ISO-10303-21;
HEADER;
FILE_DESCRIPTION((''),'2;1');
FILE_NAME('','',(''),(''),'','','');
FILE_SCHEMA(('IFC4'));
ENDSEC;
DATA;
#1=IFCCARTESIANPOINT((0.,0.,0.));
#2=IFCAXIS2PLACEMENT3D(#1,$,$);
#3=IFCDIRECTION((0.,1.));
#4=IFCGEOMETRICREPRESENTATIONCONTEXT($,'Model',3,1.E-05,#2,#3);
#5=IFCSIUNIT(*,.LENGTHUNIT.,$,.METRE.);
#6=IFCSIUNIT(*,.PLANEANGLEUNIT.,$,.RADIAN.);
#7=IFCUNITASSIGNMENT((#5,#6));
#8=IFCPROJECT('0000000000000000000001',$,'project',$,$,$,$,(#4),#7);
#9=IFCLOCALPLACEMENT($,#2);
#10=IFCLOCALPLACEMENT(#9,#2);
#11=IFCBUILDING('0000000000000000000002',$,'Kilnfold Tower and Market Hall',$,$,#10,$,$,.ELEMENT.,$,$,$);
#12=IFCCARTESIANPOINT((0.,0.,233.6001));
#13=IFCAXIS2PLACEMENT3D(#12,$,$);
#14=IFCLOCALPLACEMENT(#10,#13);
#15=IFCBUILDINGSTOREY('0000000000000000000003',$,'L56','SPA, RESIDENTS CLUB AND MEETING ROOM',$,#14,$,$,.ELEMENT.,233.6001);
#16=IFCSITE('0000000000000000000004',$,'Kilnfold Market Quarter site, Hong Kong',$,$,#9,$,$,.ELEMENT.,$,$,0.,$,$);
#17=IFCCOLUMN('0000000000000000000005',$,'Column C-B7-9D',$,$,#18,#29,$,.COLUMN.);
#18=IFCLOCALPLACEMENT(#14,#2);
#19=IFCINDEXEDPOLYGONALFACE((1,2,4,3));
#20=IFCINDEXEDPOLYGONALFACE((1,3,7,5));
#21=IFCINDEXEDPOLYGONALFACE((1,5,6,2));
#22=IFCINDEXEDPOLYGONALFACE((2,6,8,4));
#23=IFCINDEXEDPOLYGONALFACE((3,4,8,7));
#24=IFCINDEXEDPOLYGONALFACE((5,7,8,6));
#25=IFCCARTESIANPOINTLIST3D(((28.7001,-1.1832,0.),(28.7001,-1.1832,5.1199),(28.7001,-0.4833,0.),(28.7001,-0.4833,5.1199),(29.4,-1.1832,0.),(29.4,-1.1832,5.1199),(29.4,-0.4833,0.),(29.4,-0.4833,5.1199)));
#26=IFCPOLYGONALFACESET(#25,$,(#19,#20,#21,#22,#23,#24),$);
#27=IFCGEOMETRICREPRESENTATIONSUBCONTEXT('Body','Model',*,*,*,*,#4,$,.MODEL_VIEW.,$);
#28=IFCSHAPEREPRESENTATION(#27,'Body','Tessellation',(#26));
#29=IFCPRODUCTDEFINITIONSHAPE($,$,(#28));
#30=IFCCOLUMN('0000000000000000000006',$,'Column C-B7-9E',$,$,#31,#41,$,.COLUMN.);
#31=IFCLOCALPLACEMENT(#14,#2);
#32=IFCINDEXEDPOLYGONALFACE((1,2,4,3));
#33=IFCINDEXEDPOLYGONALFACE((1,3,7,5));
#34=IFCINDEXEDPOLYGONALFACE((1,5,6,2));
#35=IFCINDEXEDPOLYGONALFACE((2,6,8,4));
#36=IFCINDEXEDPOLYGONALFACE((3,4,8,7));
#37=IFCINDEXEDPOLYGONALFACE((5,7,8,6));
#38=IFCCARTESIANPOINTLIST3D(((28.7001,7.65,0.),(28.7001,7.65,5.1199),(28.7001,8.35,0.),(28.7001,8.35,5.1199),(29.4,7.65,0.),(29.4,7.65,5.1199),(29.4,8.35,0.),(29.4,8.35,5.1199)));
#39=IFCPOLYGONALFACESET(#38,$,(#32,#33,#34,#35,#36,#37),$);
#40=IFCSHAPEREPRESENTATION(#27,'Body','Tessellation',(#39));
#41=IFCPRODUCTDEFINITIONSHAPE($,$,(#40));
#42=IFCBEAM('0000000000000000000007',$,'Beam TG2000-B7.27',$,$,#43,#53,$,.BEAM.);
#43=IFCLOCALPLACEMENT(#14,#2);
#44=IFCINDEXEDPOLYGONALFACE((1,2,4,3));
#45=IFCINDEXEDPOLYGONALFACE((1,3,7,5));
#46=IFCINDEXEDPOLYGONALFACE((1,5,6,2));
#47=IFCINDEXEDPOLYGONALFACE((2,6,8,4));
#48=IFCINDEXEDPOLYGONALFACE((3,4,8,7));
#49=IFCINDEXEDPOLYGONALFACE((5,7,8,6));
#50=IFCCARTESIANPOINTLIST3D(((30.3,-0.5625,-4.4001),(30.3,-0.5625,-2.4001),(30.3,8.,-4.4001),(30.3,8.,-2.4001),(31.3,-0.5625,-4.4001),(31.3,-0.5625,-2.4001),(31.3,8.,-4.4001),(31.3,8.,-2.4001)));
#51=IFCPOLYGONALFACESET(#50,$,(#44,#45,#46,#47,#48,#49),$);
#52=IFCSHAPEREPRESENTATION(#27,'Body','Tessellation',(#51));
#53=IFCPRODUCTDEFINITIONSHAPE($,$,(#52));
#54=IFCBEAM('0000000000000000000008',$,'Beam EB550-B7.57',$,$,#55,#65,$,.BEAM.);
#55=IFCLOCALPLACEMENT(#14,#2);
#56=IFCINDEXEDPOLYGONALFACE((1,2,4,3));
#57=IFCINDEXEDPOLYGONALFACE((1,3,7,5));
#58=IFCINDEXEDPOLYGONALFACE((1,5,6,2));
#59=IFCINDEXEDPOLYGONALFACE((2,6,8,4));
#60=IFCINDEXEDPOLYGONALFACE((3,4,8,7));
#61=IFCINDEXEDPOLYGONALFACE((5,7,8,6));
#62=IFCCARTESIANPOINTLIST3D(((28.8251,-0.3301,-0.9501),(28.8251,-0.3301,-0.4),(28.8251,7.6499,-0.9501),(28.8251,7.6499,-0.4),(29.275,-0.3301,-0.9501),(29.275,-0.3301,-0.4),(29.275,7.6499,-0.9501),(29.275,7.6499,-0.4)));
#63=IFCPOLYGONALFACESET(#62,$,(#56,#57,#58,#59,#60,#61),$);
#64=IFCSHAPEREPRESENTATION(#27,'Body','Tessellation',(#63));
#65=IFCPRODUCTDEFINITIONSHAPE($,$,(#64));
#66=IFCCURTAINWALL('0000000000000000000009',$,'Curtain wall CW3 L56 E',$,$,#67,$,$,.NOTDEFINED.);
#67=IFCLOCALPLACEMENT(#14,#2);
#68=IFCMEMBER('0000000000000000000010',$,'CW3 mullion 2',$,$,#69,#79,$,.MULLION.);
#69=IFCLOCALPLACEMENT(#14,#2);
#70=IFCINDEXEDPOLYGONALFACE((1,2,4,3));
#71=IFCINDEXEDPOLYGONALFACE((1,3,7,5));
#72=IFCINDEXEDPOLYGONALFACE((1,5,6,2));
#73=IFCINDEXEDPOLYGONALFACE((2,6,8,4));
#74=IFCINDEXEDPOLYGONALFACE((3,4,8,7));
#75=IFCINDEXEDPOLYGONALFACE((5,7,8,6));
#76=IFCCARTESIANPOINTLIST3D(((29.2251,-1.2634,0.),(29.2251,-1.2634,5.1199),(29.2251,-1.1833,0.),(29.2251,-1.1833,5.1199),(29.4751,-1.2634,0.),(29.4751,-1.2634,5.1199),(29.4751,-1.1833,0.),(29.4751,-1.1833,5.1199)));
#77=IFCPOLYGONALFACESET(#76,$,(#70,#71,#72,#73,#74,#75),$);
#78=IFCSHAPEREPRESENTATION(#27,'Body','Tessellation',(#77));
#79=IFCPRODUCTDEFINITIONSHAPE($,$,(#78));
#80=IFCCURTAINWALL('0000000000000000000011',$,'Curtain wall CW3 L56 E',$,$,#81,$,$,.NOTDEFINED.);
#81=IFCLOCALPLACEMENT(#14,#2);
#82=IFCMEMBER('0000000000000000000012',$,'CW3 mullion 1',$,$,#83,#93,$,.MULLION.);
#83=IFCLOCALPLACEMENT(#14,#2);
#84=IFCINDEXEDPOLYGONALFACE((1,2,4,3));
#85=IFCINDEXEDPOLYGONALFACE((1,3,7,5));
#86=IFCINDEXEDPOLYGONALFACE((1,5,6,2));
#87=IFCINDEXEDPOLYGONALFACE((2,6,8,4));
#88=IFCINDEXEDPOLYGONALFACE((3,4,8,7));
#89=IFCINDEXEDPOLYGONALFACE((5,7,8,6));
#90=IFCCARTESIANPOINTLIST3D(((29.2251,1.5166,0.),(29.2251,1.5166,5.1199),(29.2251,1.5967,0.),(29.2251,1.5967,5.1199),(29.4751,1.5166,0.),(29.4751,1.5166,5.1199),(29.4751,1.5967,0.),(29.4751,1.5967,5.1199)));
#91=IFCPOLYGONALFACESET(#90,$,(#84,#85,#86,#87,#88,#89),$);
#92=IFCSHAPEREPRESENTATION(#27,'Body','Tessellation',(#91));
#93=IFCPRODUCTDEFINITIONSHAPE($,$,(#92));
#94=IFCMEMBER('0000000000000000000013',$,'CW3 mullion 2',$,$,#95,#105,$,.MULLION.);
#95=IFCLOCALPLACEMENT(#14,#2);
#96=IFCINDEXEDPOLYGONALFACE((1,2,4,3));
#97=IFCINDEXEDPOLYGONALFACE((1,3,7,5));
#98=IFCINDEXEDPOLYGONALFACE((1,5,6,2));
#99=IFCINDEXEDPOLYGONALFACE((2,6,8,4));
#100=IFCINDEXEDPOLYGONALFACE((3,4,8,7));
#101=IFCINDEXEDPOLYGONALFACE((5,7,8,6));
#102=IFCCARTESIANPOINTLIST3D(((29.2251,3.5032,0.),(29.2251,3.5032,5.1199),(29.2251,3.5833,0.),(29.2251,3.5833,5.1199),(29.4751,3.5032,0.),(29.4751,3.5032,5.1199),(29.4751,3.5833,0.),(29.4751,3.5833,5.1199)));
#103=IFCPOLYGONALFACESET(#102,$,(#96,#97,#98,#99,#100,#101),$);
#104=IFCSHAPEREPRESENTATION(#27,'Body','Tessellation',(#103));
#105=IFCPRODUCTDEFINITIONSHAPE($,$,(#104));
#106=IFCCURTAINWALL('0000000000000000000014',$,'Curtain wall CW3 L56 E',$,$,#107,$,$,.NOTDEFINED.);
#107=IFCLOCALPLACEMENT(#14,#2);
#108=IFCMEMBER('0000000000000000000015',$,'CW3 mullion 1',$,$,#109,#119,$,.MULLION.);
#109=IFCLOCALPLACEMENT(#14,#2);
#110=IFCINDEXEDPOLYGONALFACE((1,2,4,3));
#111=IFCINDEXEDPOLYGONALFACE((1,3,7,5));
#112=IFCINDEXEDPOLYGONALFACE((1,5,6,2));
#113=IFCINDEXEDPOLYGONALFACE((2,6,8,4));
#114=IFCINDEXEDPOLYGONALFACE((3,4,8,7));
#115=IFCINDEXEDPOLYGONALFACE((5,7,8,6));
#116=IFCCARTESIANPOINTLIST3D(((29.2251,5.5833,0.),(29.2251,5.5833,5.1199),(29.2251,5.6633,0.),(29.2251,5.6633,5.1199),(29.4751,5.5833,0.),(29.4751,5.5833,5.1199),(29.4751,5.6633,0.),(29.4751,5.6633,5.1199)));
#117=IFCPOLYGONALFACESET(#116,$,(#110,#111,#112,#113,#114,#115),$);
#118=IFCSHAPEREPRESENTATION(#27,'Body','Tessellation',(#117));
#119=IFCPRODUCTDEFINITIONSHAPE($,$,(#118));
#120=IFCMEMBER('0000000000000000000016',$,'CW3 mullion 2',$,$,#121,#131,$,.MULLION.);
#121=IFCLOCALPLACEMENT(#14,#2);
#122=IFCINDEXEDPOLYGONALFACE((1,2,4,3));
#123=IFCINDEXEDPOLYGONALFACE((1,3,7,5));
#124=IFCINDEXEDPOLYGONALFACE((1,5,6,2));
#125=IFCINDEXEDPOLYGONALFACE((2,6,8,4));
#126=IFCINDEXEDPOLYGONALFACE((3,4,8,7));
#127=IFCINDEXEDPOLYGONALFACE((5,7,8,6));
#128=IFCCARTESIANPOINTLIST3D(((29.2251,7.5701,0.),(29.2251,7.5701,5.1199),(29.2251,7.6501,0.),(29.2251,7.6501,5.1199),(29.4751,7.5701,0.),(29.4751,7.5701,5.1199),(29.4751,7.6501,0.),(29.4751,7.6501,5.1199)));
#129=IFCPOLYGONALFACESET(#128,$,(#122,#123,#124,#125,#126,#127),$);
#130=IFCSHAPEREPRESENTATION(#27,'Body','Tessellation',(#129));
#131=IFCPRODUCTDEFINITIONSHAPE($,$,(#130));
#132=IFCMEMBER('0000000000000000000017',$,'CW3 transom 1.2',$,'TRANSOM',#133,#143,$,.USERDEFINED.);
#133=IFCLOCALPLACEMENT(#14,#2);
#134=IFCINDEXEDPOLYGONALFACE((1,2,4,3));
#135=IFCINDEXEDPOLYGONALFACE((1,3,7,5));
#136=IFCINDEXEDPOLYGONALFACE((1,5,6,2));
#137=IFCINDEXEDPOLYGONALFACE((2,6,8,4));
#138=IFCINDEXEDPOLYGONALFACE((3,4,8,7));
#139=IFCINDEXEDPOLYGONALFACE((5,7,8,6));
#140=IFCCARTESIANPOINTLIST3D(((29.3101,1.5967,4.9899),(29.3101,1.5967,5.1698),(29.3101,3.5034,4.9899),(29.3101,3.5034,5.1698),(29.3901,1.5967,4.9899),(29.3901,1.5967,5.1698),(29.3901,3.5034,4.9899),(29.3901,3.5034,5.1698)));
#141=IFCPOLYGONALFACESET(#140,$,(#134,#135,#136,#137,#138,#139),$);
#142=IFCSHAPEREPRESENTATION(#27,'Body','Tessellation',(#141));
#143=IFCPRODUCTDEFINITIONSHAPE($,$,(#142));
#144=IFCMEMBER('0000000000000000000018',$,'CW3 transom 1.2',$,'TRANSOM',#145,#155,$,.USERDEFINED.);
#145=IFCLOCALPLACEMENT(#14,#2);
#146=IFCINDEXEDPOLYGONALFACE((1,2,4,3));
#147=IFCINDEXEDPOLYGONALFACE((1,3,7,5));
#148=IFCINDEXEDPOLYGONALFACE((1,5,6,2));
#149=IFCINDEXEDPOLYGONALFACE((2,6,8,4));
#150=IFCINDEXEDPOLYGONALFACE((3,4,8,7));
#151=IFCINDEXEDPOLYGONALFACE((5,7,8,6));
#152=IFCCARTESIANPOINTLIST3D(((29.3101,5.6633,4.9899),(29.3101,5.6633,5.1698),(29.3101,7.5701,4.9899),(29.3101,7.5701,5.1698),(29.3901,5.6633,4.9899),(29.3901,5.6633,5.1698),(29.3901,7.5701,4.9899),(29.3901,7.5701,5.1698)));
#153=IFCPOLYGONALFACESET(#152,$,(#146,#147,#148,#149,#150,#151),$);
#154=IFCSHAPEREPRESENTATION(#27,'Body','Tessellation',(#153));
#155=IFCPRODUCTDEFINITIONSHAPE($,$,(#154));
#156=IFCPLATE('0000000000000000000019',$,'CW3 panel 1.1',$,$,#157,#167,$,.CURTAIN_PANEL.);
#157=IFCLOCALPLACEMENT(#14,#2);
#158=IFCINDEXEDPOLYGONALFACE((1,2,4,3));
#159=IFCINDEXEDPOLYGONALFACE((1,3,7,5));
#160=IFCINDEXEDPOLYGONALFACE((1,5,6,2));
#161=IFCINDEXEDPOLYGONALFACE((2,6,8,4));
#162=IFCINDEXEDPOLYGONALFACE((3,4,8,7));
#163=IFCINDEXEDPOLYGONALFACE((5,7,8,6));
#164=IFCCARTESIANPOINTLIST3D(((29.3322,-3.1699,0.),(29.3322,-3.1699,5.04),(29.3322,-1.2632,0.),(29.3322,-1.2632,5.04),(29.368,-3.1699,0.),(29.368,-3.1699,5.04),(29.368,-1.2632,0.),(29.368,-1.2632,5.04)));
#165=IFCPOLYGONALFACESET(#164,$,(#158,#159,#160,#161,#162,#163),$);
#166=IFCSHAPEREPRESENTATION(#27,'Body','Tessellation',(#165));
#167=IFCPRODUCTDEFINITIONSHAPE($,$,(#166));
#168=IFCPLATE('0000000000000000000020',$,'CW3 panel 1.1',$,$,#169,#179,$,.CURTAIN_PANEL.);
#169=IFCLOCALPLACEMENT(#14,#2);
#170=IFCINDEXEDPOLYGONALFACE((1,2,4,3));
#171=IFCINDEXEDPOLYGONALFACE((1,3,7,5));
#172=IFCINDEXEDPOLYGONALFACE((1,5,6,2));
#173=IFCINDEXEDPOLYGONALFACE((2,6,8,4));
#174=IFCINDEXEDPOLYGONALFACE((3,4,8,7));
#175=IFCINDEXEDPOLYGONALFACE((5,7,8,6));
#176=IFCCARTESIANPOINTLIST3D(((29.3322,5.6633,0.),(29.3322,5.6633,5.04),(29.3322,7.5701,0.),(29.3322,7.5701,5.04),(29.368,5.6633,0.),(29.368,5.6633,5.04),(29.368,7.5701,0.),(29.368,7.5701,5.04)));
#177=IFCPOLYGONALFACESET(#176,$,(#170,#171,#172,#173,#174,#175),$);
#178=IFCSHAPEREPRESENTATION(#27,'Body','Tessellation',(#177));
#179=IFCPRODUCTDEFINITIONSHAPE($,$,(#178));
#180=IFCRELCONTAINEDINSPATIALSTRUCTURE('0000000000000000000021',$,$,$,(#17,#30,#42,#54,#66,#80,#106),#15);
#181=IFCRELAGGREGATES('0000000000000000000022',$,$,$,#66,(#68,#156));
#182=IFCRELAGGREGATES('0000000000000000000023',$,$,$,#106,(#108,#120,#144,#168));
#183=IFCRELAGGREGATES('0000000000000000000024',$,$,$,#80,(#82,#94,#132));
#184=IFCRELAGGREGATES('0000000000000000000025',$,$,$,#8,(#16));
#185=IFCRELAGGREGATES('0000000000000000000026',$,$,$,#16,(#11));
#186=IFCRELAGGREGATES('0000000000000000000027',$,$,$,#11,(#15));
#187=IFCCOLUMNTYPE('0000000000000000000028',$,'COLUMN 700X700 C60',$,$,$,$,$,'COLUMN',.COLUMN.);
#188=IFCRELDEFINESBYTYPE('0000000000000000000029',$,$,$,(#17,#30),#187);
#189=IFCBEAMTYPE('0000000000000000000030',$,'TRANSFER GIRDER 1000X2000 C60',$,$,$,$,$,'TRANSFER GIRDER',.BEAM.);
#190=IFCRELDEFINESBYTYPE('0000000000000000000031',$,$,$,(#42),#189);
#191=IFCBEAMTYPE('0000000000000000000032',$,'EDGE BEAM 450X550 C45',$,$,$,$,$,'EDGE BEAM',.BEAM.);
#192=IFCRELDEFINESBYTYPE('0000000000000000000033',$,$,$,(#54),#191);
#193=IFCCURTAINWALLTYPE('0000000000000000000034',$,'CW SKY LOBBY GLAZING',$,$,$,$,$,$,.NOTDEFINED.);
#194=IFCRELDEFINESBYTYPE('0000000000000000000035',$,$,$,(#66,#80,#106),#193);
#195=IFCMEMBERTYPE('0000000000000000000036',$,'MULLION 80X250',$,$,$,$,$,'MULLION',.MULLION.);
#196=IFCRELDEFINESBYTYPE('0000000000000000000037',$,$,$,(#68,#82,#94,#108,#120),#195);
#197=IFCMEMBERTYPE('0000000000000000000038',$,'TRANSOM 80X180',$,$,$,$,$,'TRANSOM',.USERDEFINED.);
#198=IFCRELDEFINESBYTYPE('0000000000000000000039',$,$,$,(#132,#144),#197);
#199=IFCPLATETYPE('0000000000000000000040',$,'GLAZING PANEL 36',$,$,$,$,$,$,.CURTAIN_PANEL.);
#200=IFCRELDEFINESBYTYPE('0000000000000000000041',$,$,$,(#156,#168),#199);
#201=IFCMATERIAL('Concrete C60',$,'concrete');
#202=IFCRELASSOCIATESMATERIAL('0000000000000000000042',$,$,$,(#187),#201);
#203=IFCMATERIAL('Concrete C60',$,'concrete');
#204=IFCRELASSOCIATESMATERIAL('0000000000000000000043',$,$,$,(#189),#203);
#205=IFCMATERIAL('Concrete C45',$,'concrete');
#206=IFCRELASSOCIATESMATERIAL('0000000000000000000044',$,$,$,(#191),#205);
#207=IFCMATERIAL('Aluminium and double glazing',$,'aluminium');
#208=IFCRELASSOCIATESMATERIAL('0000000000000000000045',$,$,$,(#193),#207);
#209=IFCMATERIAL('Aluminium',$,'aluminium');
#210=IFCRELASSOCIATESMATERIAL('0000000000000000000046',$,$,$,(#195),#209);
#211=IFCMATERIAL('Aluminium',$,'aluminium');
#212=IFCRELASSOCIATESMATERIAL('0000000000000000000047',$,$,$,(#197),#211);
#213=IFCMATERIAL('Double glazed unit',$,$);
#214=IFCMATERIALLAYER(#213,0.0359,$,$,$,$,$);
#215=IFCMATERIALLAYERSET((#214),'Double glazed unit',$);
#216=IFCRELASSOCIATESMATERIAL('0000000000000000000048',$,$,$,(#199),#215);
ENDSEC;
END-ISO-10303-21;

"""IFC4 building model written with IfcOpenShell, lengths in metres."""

from ifc_helpers import new_model, si_unit, direction, frame, origin, origin_2d, place, context, subcontext, project, spatial, rectangle, extrude, source, transform, mapped, material, layer, layer_set, material_profile, profile_set, type_object, element, aggregate, save


model = new_model("IFC4")

# Units and contexts
model_context = context("Model", 3, precision=1e-05, world=origin(), true_north=direction((0.0, 1.0)))
body_context = subcontext(model_context, "Body", "Model", "MODEL_VIEW")
ifc_project = project(units=[si_unit("LENGTHUNIT", "METRE"), si_unit("PLANEANGLEUNIT", "RADIAN")], contexts=[model_context])

# Site, building, storey
site_placement = place(None, origin())
site = spatial("IfcSite", under=ifc_project, at=site_placement, Name="Kilnfold Market Quarter site, Hong Kong", CompositionType="ELEMENT", RefElevation=0.0)
building_placement = place(site_placement, origin())
building = spatial("IfcBuilding", under=site, at=building_placement, Name="Kilnfold Tower and Market Hall", CompositionType="ELEMENT")
storey_placement = place(building_placement, frame((0.0, 0.0, 233.6001)))
storey = spatial("IfcBuildingStorey", under=building, at=storey_placement, Name="L56", Description="SPA, RESIDENTS CLUB AND MEETING ROOM", CompositionType="ELEMENT", Elevation=233.6001)

# Columns
ifc_material_1 = material(Name="Concrete C60", Category="concrete")
ifc_material_profile_1 = material_profile(ifc_material_1, rectangle(XDim=0.7, YDim=0.7, at=origin_2d()), Name="RC 700x700")
ifc_profile_set_1 = profile_set([ifc_material_profile_1], Name="Concrete C60")
column_type = type_object("IfcColumnType", Name="COLUMN 700X700 C60", ElementType="COLUMN", PredefinedType="COLUMN", material=ifc_profile_set_1)
shared_shape_1 = source(origin(), body_context, "Body", "SweptSolid", [
    extrude(rectangle(XDim=0.7, YDim=0.7, at=origin_2d()), origin(), (0.0, 0.0, 1.0), 5.1199),
])
for number, where, z_axis, x_axis, name in (
    (1, (29.05, -0.8333, 0.0), (0.0, 0.0, 1.0), (1.0, 0.0, 0.0), "Column C-B7-9D"),
    (2, (29.05, 8.0, 0.0), (0.0, 0.0, 1.0), (1.0, 0.0, 0.0), "Column C-B7-9E"),
):
    element("IfcColumn", number, at=place(storey_placement, frame(where, z_axis=z_axis, x_axis=x_axis)), inside=storey, type_object=column_type, Name=name, PredefinedType="COLUMN", context=body_context, shape_type="MappedRepresentation", body=[
        mapped(shared_shape_1, transform((0.0, 0.0, 0.0))),
    ])

# Beams
ifc_material_2 = material(Name="Concrete C60", Category="concrete")
ifc_material_profile_2 = material_profile(ifc_material_2, rectangle(XDim=1.0, YDim=2.0, at=origin_2d()), Name="RC 1000x2000")
ifc_profile_set_2 = profile_set([ifc_material_profile_2], Name="Concrete C60")
beam_type_1 = type_object("IfcBeamType", Name="TRANSFER GIRDER 1000X2000 C60", ElementType="TRANSFER GIRDER", PredefinedType="BEAM", material=ifc_profile_set_2)
shared_shape_2 = source(origin(), body_context, "Body", "SweptSolid", [
    extrude(rectangle(XDim=1.0, YDim=2.0, at=origin_2d()), origin(), (0.0, 0.0, 1.0), 8.5625),
])
beam_1_placement = place(storey_placement, frame((30.8, -0.5625, -3.4001), z_axis=(0.0, 1.0, 0.0), x_axis=(-1.0, 0.0, 0.0)))
element("IfcBeam", 3, at=beam_1_placement, inside=storey, type_object=beam_type_1, Name="Beam TG2000-B7.27", PredefinedType="BEAM", context=body_context, shape_type="MappedRepresentation", body=[
    mapped(shared_shape_2, transform((0.0, 0.0, 0.0))),
])
ifc_material_3 = material(Name="Concrete C45", Category="concrete")
ifc_material_profile_3 = material_profile(ifc_material_3, rectangle(XDim=0.45, YDim=0.55, at=origin_2d()), Name="RC 450x550")
ifc_profile_set_3 = profile_set([ifc_material_profile_3], Name="Concrete C45")
beam_type_2 = type_object("IfcBeamType", Name="EDGE BEAM 450X550 C45", ElementType="EDGE BEAM", PredefinedType="BEAM", material=ifc_profile_set_3)
shared_shape_3 = source(origin(), body_context, "Body", "SweptSolid", [
    extrude(rectangle(XDim=0.45, YDim=0.55, at=origin_2d()), origin(), (0.0, 0.0, 1.0), 7.98),
])
beam_2_placement = place(storey_placement, frame((29.05, -0.3301, -0.675), z_axis=(0.0, 1.0, 0.0), x_axis=(-1.0, 0.0, 0.0)))
element("IfcBeam", 4, at=beam_2_placement, inside=storey, type_object=beam_type_2, Name="Beam EB550-B7.57", PredefinedType="BEAM", context=body_context, shape_type="MappedRepresentation", body=[
    mapped(shared_shape_3, transform((0.0, 0.0, 0.0))),
])

# Curtain wall, member
ifc_material_4 = material(Name="Aluminium and double glazing", Category="aluminium")
curtain_wall_type = type_object("IfcCurtainWallType", Name="CW SKY LOBBY GLAZING", PredefinedType="NOTDEFINED", material=ifc_material_4)
curtain_wall_1_placement = place(storey_placement, origin())
curtain_wall_1 = element("IfcCurtainWall", 5, at=curtain_wall_1_placement, inside=storey, type_object=curtain_wall_type, Name="Curtain wall CW3 L56 E", PredefinedType="NOTDEFINED")
ifc_material_5 = material(Name="Aluminium", Category="aluminium")
ifc_material_profile_4 = material_profile(ifc_material_5, rectangle(XDim=0.0801, YDim=0.25, at=origin_2d()), Name="MULLION 80x250")
ifc_profile_set_4 = profile_set([ifc_material_profile_4], Name="Aluminium")
member_type_1 = type_object("IfcMemberType", Name="MULLION 80X250", ElementType="MULLION", PredefinedType="MULLION", material=ifc_profile_set_4)
shared_shape_4 = source(origin(), body_context, "Body", "SweptSolid", [
    extrude(rectangle(XDim=0.0801, YDim=0.25, at=origin_2d()), origin(), (0.0, 0.0, 1.0), 5.1199),
])
member_1_placement = place(storey_placement, frame((29.3501, -1.2234, 0.0), z_axis=(0.0, 0.0, 1.0), x_axis=(0.0, 1.0, 0.0)))
member_1 = element("IfcMember", 6, at=member_1_placement, type_object=member_type_1, Name="CW3 mullion 2", PredefinedType="MULLION", context=body_context, shape_type="MappedRepresentation", body=[
    mapped(shared_shape_4, transform((0.0, 0.0, 0.0))),
])

# Curtain walls, members
curtain_wall_2_placement = place(storey_placement, origin())
curtain_wall_2 = element("IfcCurtainWall", 7, at=curtain_wall_2_placement, inside=storey, type_object=curtain_wall_type, Name="Curtain wall CW3 L56 E", PredefinedType="NOTDEFINED")
member_2_placement = place(storey_placement, frame((29.3501, 1.5566, 0.0), z_axis=(0.0, 0.0, 1.0), x_axis=(0.0, 1.0, 0.0)))
member_2 = element("IfcMember", 8, at=member_2_placement, type_object=member_type_1, Name="CW3 mullion 1", PredefinedType="MULLION", context=body_context, shape_type="MappedRepresentation", body=[
    mapped(shared_shape_4, transform((0.0, 0.0, 0.0))),
])
member_3_placement = place(storey_placement, frame((29.3501, 3.5432, 0.0), z_axis=(0.0, 0.0, 1.0), x_axis=(0.0, 1.0, 0.0)))
member_3 = element("IfcMember", 9, at=member_3_placement, type_object=member_type_1, Name="CW3 mullion 2", PredefinedType="MULLION", context=body_context, shape_type="MappedRepresentation", body=[
    mapped(shared_shape_4, transform((0.0, 0.0, 0.0))),
])
curtain_wall_3_placement = place(storey_placement, origin())
curtain_wall_3 = element("IfcCurtainWall", 10, at=curtain_wall_3_placement, inside=storey, type_object=curtain_wall_type, Name="Curtain wall CW3 L56 E", PredefinedType="NOTDEFINED")
member_4_placement = place(storey_placement, frame((29.3501, 5.6233, 0.0), z_axis=(0.0, 0.0, 1.0), x_axis=(0.0, 1.0, 0.0)))
member_4 = element("IfcMember", 11, at=member_4_placement, type_object=member_type_1, Name="CW3 mullion 1", PredefinedType="MULLION", context=body_context, shape_type="MappedRepresentation", body=[
    mapped(shared_shape_4, transform((0.0, 0.0, 0.0))),
])
member_5_placement = place(storey_placement, frame((29.3501, 7.6101, 0.0), z_axis=(0.0, 0.0, 1.0), x_axis=(0.0, 1.0, 0.0)))
member_5 = element("IfcMember", 12, at=member_5_placement, type_object=member_type_1, Name="CW3 mullion 2", PredefinedType="MULLION", context=body_context, shape_type="MappedRepresentation", body=[
    mapped(shared_shape_4, transform((0.0, 0.0, 0.0))),
])

# Members
ifc_material_6 = material(Name="Aluminium", Category="aluminium")
ifc_material_profile_5 = material_profile(ifc_material_6, rectangle(XDim=0.0801, YDim=0.1799, at=origin_2d()), Name="TRANSOM 80x180")
ifc_profile_set_5 = profile_set([ifc_material_profile_5], Name="Aluminium")
member_type_2 = type_object("IfcMemberType", Name="TRANSOM 80X180", ElementType="TRANSOM", PredefinedType="USERDEFINED", material=ifc_profile_set_5)
shared_shape_5 = source(origin(), body_context, "Body", "SweptSolid", [
    extrude(rectangle(XDim=0.0801, YDim=0.1799, at=origin_2d()), origin(), (0.0, 0.0, 1.0), 1.9067),
])
member_6_placement = place(storey_placement, frame((29.3501, 1.5967, 5.0798), z_axis=(0.0, 1.0, 0.0), x_axis=(-1.0, 0.0, 0.0)))
member_6 = element("IfcMember", 13, at=member_6_placement, type_object=member_type_2, Name="CW3 transom 1.2", ObjectType="TRANSOM", PredefinedType="USERDEFINED", context=body_context, shape_type="MappedRepresentation", body=[
    mapped(shared_shape_5, transform((0.0, 0.0, 0.0))),
])
member_7_placement = place(storey_placement, frame((29.3501, 5.6633, 5.0798), z_axis=(0.0, 1.0, 0.0), x_axis=(-1.0, 0.0, 0.0)))
member_7 = element("IfcMember", 14, at=member_7_placement, type_object=member_type_2, Name="CW3 transom 1.2", ObjectType="TRANSOM", PredefinedType="USERDEFINED", context=body_context, shape_type="MappedRepresentation", body=[
    mapped(shared_shape_5, transform((0.0, 0.0, 0.0))),
])

# Plates
ifc_material_7 = material(Name="Double glazed unit")
ifc_layer_1 = layer(ifc_material_7, 0.0359)
ifc_layer_set_1 = layer_set([ifc_layer_1], Name="Double glazed unit")
plate_type = type_object("IfcPlateType", Name="GLAZING PANEL 36", PredefinedType="CURTAIN_PANEL", material=ifc_layer_set_1)
shared_shape_6 = source(origin(), body_context, "Body", "SweptSolid", [
    extrude(rectangle(XDim=1.9067, YDim=0.0359, at=origin_2d()), origin(), (0.0, 0.0, 1.0), 5.04),
])
plate_1_placement = place(storey_placement, frame((29.3501, -2.2166, 0.0), z_axis=(0.0, 0.0, 1.0), x_axis=(0.0, 1.0, 0.0)))
plate_1 = element("IfcPlate", 15, at=plate_1_placement, type_object=plate_type, Name="CW3 panel 1.1", PredefinedType="CURTAIN_PANEL", context=body_context, shape_type="MappedRepresentation", body=[
    mapped(shared_shape_6, transform((0.0, 0.0, 0.0))),
])
aggregate(curtain_wall_1, [member_1, plate_1])
plate_2_placement = place(storey_placement, frame((29.3501, 6.6167, 0.0), z_axis=(0.0, 0.0, 1.0), x_axis=(0.0, 1.0, 0.0)))
plate_2 = element("IfcPlate", 16, at=plate_2_placement, type_object=plate_type, Name="CW3 panel 1.1", PredefinedType="CURTAIN_PANEL", context=body_context, shape_type="MappedRepresentation", body=[
    mapped(shared_shape_6, transform((0.0, 0.0, 0.0))),
])
aggregate(curtain_wall_3, [member_4, member_5, member_7, plate_2])
aggregate(curtain_wall_2, [member_2, member_3, member_6])

save(model, "model.ifc")
